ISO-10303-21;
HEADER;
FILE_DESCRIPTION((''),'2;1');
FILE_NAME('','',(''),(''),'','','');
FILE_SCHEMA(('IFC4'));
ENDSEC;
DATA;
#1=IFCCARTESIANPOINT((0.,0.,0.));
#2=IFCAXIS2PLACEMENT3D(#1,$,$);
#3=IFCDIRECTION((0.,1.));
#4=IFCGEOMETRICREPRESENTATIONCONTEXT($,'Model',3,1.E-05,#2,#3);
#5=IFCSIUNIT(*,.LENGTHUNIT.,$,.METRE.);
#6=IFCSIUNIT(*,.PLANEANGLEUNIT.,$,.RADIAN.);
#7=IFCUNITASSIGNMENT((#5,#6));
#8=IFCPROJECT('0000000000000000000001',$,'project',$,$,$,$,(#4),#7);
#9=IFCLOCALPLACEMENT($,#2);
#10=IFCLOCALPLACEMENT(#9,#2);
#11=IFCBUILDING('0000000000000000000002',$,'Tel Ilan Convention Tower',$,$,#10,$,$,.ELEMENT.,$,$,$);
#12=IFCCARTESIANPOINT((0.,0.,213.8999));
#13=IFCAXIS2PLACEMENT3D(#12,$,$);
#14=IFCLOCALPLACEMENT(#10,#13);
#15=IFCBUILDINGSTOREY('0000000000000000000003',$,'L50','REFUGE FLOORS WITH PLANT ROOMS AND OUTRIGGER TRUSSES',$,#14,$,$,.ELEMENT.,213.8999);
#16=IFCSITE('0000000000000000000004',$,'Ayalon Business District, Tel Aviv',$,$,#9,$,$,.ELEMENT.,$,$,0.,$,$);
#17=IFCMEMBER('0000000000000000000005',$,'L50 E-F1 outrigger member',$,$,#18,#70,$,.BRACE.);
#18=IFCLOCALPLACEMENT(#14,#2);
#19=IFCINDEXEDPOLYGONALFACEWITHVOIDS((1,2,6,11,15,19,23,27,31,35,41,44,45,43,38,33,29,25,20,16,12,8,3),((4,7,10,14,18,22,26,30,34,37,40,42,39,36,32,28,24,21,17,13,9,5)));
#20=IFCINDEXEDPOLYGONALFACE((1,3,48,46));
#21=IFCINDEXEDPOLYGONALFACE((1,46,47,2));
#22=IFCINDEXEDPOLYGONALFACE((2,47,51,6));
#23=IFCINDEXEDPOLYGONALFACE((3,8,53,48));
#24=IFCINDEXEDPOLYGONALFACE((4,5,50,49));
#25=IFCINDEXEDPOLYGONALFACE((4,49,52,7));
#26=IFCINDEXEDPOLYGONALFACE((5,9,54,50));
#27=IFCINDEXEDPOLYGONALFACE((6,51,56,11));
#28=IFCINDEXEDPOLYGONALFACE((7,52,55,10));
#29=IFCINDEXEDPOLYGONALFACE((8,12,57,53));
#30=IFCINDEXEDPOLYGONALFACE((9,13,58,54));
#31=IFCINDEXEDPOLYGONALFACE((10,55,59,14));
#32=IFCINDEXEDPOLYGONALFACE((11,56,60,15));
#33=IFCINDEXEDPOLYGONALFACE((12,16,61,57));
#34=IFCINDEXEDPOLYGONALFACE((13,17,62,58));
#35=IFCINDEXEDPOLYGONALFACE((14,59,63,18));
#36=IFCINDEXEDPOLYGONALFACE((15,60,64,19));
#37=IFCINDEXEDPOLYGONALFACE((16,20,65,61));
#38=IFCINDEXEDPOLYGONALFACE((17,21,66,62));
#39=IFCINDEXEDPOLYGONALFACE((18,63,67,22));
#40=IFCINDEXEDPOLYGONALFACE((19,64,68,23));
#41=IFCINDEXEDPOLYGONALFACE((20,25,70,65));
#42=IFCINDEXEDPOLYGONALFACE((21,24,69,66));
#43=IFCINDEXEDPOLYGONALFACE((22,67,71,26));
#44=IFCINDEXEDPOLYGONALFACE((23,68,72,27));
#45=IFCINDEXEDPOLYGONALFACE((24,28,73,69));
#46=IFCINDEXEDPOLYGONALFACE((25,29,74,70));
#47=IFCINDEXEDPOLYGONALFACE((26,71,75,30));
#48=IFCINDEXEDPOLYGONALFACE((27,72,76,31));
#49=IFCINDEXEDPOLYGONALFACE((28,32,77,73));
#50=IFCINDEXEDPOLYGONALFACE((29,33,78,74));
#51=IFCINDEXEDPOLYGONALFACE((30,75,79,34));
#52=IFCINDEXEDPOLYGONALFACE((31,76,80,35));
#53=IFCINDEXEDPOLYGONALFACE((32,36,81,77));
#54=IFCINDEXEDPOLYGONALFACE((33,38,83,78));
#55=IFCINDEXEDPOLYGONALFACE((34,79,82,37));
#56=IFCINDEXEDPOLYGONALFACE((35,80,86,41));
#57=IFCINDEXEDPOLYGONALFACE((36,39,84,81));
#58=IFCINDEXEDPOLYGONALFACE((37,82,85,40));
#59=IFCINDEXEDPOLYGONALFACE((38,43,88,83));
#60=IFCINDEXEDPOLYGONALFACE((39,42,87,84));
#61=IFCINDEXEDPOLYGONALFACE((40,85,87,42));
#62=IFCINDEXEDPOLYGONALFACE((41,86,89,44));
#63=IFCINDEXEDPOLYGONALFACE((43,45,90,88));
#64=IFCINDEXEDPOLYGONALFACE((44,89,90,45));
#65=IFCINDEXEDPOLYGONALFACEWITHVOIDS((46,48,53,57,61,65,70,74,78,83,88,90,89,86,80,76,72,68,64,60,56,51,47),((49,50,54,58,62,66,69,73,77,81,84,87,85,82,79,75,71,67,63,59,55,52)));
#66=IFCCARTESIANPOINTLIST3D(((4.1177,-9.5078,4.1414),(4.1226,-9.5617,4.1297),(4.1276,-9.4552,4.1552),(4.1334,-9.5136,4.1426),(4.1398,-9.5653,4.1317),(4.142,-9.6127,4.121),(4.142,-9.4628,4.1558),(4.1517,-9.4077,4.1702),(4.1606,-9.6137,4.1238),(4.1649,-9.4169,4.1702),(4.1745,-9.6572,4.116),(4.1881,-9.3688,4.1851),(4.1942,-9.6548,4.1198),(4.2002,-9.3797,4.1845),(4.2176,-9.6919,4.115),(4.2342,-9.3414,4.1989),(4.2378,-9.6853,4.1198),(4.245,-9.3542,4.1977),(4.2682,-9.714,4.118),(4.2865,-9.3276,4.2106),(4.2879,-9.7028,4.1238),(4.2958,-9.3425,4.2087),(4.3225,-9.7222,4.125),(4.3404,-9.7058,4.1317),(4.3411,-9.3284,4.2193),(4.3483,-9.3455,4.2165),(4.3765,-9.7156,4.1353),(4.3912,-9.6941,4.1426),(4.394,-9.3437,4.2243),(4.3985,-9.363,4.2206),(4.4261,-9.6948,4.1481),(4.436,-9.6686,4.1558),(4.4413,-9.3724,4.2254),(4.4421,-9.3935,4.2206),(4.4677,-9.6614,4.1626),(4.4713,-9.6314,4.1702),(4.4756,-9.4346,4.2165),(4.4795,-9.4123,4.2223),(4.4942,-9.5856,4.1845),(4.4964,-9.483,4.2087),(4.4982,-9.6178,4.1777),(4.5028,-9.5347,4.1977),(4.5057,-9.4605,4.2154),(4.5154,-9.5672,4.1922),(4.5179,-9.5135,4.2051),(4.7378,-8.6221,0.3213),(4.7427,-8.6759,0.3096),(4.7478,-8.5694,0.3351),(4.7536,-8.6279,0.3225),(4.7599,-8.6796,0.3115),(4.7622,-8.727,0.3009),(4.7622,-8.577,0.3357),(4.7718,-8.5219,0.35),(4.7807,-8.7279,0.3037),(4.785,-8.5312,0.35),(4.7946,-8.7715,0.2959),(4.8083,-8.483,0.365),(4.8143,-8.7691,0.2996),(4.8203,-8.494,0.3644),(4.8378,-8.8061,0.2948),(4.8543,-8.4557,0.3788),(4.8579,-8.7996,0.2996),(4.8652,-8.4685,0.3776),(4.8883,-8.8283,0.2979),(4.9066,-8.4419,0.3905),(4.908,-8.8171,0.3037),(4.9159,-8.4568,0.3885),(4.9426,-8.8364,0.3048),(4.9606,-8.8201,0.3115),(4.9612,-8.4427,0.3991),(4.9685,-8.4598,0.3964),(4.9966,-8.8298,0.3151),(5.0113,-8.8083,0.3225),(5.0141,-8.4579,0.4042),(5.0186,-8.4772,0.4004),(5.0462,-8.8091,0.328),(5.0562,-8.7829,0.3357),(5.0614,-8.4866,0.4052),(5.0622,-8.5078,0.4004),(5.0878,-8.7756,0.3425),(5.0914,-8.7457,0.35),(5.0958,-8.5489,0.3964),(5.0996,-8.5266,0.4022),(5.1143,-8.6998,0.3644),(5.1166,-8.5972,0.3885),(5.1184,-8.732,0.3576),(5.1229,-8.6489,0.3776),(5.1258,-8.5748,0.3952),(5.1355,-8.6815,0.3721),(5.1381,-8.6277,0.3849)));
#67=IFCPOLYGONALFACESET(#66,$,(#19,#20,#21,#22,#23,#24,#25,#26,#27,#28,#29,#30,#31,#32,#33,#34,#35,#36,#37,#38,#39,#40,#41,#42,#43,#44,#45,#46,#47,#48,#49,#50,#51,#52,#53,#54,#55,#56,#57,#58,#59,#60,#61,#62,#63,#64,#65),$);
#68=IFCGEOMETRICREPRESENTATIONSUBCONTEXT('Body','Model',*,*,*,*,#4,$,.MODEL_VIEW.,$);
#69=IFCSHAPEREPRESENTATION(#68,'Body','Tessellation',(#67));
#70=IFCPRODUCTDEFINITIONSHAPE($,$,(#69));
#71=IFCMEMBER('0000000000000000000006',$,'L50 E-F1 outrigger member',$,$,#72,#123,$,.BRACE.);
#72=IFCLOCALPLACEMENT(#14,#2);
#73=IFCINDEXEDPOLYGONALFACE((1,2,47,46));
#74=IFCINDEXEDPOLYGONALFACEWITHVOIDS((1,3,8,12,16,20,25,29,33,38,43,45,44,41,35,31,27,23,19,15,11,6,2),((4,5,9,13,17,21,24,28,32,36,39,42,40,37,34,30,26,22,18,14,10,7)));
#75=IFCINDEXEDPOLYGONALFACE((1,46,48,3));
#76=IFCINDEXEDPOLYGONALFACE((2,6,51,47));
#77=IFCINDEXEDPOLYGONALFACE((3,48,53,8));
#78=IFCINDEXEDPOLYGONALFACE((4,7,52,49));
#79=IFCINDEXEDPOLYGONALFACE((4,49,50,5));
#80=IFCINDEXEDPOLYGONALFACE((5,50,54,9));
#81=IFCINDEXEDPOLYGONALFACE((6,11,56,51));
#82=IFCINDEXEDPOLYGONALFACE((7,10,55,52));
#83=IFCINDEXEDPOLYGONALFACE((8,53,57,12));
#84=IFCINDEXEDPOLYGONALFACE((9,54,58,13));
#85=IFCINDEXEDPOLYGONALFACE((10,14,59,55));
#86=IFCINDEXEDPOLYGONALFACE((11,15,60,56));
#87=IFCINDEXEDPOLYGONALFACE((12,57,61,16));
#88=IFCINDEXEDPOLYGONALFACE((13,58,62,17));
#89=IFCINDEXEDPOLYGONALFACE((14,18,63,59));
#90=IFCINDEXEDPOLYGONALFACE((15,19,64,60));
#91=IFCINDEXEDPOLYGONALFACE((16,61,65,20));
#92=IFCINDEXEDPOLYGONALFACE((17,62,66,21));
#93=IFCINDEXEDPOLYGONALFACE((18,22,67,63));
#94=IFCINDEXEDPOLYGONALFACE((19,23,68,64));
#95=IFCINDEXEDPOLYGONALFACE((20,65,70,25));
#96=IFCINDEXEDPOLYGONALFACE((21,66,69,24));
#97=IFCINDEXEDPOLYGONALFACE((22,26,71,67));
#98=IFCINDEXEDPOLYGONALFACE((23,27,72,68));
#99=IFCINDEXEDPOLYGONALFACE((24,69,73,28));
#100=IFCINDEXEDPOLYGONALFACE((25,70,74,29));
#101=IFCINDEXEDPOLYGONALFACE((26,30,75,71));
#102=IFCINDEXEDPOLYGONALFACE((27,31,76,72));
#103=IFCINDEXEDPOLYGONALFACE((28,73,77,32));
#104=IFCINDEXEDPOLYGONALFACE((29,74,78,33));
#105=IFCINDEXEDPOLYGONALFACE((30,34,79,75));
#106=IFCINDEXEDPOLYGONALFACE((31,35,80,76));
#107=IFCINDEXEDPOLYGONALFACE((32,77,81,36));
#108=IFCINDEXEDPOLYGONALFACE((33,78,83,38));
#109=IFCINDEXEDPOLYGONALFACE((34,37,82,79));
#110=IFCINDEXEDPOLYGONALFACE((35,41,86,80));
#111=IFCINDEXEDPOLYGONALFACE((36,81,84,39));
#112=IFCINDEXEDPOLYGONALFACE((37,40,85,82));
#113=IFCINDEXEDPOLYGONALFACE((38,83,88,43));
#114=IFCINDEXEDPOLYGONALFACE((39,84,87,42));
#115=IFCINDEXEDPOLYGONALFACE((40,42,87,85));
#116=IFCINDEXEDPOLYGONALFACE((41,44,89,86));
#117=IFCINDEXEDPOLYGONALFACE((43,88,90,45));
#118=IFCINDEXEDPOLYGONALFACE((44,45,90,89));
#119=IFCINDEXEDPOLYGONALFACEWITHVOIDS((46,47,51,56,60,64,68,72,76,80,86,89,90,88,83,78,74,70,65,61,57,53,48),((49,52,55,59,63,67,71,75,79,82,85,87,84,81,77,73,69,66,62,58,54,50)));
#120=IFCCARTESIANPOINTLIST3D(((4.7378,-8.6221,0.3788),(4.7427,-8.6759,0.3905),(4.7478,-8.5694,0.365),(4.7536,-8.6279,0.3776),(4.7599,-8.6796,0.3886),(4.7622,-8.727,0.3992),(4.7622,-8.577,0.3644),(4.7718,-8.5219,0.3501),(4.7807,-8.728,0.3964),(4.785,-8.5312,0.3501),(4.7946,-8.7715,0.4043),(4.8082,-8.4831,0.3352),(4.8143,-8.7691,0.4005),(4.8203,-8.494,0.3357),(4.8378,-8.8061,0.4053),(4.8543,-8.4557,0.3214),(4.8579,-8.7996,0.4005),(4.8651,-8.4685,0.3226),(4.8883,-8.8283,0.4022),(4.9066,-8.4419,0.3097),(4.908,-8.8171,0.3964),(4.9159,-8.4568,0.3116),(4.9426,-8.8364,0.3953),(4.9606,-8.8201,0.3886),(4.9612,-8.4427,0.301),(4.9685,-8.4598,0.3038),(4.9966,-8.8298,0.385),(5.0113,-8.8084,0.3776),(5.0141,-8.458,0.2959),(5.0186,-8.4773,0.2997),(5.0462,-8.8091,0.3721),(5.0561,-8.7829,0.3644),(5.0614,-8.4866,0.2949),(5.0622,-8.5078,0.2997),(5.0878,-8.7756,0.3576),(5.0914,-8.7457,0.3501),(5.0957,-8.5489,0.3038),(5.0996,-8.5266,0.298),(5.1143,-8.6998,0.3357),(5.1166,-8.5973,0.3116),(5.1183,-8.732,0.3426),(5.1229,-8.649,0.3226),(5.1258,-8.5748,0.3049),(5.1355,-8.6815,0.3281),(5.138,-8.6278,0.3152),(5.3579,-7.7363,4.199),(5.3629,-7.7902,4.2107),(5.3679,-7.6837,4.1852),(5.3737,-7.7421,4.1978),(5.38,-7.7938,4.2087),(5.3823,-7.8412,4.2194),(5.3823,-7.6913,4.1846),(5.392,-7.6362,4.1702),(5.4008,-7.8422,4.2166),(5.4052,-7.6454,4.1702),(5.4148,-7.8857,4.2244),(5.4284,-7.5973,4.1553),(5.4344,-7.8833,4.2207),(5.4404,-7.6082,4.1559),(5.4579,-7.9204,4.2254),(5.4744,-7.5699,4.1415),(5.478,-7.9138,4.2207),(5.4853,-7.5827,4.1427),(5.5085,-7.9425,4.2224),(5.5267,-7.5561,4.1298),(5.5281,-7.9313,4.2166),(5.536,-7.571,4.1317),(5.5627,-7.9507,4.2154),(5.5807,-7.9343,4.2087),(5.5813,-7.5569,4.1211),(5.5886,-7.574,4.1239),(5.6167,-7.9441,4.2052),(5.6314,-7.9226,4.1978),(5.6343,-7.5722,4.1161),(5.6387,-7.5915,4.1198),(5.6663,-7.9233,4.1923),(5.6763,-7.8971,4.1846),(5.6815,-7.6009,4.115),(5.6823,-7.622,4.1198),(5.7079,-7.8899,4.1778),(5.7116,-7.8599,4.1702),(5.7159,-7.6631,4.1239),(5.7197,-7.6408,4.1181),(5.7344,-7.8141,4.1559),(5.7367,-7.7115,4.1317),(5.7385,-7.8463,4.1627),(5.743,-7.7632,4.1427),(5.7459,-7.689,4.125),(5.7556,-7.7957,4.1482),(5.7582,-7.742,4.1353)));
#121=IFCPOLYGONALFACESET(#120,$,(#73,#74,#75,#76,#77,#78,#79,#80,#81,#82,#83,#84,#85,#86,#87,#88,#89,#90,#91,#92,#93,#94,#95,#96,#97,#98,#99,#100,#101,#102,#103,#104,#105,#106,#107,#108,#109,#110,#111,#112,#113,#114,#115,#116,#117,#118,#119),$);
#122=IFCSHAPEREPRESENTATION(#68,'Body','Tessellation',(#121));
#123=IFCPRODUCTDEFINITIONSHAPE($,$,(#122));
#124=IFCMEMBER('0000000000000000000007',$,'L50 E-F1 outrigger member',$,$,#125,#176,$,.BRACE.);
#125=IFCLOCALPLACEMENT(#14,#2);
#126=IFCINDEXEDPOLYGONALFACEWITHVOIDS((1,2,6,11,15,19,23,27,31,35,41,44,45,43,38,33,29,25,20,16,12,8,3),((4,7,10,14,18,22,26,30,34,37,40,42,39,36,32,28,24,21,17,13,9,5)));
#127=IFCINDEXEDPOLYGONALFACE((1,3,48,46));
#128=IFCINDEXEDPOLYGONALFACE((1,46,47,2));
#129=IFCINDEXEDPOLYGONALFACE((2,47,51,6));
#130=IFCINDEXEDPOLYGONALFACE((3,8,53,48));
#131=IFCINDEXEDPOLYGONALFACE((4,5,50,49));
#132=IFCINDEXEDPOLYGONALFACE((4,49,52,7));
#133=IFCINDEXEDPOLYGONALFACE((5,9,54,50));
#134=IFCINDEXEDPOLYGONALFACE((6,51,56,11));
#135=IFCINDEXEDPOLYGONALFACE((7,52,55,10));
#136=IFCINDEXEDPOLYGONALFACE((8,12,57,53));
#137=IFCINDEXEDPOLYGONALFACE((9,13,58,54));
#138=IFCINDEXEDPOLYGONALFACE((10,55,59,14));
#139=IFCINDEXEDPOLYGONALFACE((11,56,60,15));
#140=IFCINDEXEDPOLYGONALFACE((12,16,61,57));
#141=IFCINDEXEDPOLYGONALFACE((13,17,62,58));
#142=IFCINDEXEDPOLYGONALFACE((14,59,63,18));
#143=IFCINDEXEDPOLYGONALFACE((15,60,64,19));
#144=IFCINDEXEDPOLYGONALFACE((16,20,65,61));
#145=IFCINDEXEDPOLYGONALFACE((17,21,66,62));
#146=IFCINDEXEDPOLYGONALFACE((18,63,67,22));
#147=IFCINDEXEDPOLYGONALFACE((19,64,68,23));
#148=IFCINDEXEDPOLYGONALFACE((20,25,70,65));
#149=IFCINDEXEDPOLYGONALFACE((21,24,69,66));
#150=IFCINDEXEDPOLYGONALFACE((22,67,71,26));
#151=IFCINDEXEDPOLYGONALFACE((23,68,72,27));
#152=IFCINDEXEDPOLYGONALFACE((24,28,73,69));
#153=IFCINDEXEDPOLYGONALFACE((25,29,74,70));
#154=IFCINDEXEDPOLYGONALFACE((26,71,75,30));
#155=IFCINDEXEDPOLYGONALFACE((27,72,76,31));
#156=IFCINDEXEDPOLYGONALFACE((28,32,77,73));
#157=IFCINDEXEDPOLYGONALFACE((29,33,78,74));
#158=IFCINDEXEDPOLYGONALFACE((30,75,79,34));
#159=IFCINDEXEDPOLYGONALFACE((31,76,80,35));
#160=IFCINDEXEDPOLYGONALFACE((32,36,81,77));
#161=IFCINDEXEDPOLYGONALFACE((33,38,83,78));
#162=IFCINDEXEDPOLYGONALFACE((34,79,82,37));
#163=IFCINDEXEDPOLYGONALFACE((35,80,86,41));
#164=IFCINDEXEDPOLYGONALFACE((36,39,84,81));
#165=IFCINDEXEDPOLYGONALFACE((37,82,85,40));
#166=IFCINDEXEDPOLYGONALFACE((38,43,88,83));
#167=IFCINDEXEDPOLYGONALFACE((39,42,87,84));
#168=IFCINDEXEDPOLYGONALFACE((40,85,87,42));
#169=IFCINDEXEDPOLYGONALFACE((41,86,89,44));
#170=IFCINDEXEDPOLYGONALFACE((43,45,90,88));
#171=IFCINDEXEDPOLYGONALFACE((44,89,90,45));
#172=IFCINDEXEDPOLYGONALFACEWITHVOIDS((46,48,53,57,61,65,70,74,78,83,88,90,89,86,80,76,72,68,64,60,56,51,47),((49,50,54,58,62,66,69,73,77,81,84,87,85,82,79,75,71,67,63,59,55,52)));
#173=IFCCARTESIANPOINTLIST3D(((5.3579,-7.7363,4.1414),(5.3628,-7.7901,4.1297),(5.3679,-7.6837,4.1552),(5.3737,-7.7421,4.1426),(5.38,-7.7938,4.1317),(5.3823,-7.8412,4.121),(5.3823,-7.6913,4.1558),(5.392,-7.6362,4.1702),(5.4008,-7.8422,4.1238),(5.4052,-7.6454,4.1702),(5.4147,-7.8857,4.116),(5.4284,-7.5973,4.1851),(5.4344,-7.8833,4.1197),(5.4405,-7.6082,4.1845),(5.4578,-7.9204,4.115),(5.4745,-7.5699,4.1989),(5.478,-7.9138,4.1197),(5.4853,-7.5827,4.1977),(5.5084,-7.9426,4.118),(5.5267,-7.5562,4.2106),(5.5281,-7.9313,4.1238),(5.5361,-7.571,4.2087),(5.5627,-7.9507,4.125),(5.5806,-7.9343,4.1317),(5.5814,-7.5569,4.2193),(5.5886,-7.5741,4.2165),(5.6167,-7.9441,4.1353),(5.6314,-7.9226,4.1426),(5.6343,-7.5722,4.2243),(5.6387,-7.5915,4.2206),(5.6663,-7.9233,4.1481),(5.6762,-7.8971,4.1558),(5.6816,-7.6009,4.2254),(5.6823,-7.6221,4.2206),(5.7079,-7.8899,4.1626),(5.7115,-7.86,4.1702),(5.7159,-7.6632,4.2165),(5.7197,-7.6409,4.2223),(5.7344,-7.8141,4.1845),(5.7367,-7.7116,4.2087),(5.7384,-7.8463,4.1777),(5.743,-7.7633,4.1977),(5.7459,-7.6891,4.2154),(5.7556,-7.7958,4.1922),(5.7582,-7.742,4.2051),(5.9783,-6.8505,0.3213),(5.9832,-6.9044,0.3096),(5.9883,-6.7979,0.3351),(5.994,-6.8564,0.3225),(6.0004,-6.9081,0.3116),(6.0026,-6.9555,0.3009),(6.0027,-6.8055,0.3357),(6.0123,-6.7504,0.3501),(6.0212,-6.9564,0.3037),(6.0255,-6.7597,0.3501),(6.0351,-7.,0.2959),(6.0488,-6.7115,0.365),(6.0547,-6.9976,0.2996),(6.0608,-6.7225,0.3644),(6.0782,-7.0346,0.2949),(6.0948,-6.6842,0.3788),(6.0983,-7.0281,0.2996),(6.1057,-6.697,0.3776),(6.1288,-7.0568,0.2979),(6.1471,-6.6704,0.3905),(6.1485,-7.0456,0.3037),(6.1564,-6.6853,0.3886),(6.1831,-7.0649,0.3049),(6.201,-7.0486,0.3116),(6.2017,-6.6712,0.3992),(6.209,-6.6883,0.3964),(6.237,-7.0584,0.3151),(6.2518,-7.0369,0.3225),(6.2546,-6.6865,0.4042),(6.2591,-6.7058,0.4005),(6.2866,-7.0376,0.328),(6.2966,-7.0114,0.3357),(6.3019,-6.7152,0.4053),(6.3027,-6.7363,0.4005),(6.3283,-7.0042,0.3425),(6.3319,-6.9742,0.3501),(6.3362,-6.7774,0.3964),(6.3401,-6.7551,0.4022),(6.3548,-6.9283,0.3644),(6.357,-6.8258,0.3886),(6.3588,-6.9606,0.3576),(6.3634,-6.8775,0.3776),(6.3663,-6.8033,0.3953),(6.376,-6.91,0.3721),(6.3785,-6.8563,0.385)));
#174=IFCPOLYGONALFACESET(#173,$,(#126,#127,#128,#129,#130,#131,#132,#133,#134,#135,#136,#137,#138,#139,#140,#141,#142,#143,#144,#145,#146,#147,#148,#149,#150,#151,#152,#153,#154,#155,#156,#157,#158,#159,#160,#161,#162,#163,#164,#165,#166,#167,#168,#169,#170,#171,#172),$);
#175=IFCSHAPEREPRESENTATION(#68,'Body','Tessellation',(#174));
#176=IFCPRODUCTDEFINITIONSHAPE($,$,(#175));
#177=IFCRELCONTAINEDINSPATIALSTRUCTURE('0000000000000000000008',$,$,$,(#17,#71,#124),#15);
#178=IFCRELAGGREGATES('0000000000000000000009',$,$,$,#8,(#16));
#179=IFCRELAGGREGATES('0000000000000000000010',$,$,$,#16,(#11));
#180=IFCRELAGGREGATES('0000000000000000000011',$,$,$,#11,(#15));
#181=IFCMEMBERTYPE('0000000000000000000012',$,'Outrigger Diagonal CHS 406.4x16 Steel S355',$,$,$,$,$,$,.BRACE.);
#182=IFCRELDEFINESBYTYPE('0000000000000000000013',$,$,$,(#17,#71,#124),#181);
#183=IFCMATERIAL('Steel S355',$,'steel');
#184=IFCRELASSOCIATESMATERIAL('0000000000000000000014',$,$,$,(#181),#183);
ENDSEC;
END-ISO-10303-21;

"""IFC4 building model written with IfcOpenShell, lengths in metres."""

from ifc_helpers import new_model, si_unit, direction, frame, origin, origin_2d, place, context, subcontext, project, spatial, hollow_circle, extrude, material, material_profile, profile_set, type_object, element, save


model = new_model("IFC4")

# Units and contexts
model_context = context("Model", 3, precision=1e-05, world=origin(), true_north=direction((0.0, 1.0)))
body_context = subcontext(model_context, "Body", "Model", "MODEL_VIEW")
ifc_project = project(units=[si_unit("LENGTHUNIT", "METRE"), si_unit("PLANEANGLEUNIT", "RADIAN")], contexts=[model_context])

# Site, building, storey
site_placement = place(None, origin())
site = spatial("IfcSite", under=ifc_project, at=site_placement, Name="Ayalon Business District, Tel Aviv", CompositionType="ELEMENT", RefElevation=0.0)
building_placement = place(site_placement, origin())
building = spatial("IfcBuilding", under=site, at=building_placement, Name="Tel Ilan Convention Tower", CompositionType="ELEMENT")
storey_placement = place(building_placement, frame((0.0, 0.0, 213.8999)))
storey = spatial("IfcBuildingStorey", under=building, at=storey_placement, Name="L50", Description="REFUGE FLOORS WITH PLANT ROOMS AND OUTRIGGER TRUSSES", CompositionType="ELEMENT", Elevation=213.8999)

# Members
ifc_material_1 = material(Name="Steel S355", Category="steel")
ifc_material_profile_1 = material_profile(ifc_material_1, hollow_circle(Radius=0.2031, WallThickness=0.0161, at=origin_2d()), Name="CHS 406.4x16")
ifc_profile_set_1 = profile_set([ifc_material_profile_1], Name="Steel S355")
member_type_1 = type_object("IfcMemberType", Name="Outrigger Diagonal CHS 406.4x16 Steel S355", PredefinedType="BRACE", material=ifc_profile_set_1)
for number, where, z_axis, x_axis, name in (
    (1, (4.3181, -9.5242, 4.1702), (0.156195, 0.223101, -0.9622), (-0.819189, 0.573523, 0.0), "L50 E-F1 outrigger member"),
    (2, (4.9382, -8.6384, 0.3501), (0.156195, 0.223101, 0.9622), (-0.819189, 0.573523, 0.0), "L50 E-F1 outrigger member"),
    (3, (5.5583, -7.7527, 4.1702), (0.156255, 0.223099, -0.962191), (-0.819083, 0.573674, 0.0), "L50 E-F1 outrigger member"),
):
    element("IfcMember", number, at=place(storey_placement, frame(where, z_axis=z_axis, x_axis=x_axis)), inside=storey, type_object=member_type_1, Name=name, PredefinedType="BRACE", context=body_context, shape_type="SweptSolid", body=[
        extrude(hollow_circle(Radius=0.2031, WallThickness=0.0161, at=origin_2d()), origin(), (0.0, 0.0, 1.0), 3.9702),
    ])

save(model, "model.ifc")
